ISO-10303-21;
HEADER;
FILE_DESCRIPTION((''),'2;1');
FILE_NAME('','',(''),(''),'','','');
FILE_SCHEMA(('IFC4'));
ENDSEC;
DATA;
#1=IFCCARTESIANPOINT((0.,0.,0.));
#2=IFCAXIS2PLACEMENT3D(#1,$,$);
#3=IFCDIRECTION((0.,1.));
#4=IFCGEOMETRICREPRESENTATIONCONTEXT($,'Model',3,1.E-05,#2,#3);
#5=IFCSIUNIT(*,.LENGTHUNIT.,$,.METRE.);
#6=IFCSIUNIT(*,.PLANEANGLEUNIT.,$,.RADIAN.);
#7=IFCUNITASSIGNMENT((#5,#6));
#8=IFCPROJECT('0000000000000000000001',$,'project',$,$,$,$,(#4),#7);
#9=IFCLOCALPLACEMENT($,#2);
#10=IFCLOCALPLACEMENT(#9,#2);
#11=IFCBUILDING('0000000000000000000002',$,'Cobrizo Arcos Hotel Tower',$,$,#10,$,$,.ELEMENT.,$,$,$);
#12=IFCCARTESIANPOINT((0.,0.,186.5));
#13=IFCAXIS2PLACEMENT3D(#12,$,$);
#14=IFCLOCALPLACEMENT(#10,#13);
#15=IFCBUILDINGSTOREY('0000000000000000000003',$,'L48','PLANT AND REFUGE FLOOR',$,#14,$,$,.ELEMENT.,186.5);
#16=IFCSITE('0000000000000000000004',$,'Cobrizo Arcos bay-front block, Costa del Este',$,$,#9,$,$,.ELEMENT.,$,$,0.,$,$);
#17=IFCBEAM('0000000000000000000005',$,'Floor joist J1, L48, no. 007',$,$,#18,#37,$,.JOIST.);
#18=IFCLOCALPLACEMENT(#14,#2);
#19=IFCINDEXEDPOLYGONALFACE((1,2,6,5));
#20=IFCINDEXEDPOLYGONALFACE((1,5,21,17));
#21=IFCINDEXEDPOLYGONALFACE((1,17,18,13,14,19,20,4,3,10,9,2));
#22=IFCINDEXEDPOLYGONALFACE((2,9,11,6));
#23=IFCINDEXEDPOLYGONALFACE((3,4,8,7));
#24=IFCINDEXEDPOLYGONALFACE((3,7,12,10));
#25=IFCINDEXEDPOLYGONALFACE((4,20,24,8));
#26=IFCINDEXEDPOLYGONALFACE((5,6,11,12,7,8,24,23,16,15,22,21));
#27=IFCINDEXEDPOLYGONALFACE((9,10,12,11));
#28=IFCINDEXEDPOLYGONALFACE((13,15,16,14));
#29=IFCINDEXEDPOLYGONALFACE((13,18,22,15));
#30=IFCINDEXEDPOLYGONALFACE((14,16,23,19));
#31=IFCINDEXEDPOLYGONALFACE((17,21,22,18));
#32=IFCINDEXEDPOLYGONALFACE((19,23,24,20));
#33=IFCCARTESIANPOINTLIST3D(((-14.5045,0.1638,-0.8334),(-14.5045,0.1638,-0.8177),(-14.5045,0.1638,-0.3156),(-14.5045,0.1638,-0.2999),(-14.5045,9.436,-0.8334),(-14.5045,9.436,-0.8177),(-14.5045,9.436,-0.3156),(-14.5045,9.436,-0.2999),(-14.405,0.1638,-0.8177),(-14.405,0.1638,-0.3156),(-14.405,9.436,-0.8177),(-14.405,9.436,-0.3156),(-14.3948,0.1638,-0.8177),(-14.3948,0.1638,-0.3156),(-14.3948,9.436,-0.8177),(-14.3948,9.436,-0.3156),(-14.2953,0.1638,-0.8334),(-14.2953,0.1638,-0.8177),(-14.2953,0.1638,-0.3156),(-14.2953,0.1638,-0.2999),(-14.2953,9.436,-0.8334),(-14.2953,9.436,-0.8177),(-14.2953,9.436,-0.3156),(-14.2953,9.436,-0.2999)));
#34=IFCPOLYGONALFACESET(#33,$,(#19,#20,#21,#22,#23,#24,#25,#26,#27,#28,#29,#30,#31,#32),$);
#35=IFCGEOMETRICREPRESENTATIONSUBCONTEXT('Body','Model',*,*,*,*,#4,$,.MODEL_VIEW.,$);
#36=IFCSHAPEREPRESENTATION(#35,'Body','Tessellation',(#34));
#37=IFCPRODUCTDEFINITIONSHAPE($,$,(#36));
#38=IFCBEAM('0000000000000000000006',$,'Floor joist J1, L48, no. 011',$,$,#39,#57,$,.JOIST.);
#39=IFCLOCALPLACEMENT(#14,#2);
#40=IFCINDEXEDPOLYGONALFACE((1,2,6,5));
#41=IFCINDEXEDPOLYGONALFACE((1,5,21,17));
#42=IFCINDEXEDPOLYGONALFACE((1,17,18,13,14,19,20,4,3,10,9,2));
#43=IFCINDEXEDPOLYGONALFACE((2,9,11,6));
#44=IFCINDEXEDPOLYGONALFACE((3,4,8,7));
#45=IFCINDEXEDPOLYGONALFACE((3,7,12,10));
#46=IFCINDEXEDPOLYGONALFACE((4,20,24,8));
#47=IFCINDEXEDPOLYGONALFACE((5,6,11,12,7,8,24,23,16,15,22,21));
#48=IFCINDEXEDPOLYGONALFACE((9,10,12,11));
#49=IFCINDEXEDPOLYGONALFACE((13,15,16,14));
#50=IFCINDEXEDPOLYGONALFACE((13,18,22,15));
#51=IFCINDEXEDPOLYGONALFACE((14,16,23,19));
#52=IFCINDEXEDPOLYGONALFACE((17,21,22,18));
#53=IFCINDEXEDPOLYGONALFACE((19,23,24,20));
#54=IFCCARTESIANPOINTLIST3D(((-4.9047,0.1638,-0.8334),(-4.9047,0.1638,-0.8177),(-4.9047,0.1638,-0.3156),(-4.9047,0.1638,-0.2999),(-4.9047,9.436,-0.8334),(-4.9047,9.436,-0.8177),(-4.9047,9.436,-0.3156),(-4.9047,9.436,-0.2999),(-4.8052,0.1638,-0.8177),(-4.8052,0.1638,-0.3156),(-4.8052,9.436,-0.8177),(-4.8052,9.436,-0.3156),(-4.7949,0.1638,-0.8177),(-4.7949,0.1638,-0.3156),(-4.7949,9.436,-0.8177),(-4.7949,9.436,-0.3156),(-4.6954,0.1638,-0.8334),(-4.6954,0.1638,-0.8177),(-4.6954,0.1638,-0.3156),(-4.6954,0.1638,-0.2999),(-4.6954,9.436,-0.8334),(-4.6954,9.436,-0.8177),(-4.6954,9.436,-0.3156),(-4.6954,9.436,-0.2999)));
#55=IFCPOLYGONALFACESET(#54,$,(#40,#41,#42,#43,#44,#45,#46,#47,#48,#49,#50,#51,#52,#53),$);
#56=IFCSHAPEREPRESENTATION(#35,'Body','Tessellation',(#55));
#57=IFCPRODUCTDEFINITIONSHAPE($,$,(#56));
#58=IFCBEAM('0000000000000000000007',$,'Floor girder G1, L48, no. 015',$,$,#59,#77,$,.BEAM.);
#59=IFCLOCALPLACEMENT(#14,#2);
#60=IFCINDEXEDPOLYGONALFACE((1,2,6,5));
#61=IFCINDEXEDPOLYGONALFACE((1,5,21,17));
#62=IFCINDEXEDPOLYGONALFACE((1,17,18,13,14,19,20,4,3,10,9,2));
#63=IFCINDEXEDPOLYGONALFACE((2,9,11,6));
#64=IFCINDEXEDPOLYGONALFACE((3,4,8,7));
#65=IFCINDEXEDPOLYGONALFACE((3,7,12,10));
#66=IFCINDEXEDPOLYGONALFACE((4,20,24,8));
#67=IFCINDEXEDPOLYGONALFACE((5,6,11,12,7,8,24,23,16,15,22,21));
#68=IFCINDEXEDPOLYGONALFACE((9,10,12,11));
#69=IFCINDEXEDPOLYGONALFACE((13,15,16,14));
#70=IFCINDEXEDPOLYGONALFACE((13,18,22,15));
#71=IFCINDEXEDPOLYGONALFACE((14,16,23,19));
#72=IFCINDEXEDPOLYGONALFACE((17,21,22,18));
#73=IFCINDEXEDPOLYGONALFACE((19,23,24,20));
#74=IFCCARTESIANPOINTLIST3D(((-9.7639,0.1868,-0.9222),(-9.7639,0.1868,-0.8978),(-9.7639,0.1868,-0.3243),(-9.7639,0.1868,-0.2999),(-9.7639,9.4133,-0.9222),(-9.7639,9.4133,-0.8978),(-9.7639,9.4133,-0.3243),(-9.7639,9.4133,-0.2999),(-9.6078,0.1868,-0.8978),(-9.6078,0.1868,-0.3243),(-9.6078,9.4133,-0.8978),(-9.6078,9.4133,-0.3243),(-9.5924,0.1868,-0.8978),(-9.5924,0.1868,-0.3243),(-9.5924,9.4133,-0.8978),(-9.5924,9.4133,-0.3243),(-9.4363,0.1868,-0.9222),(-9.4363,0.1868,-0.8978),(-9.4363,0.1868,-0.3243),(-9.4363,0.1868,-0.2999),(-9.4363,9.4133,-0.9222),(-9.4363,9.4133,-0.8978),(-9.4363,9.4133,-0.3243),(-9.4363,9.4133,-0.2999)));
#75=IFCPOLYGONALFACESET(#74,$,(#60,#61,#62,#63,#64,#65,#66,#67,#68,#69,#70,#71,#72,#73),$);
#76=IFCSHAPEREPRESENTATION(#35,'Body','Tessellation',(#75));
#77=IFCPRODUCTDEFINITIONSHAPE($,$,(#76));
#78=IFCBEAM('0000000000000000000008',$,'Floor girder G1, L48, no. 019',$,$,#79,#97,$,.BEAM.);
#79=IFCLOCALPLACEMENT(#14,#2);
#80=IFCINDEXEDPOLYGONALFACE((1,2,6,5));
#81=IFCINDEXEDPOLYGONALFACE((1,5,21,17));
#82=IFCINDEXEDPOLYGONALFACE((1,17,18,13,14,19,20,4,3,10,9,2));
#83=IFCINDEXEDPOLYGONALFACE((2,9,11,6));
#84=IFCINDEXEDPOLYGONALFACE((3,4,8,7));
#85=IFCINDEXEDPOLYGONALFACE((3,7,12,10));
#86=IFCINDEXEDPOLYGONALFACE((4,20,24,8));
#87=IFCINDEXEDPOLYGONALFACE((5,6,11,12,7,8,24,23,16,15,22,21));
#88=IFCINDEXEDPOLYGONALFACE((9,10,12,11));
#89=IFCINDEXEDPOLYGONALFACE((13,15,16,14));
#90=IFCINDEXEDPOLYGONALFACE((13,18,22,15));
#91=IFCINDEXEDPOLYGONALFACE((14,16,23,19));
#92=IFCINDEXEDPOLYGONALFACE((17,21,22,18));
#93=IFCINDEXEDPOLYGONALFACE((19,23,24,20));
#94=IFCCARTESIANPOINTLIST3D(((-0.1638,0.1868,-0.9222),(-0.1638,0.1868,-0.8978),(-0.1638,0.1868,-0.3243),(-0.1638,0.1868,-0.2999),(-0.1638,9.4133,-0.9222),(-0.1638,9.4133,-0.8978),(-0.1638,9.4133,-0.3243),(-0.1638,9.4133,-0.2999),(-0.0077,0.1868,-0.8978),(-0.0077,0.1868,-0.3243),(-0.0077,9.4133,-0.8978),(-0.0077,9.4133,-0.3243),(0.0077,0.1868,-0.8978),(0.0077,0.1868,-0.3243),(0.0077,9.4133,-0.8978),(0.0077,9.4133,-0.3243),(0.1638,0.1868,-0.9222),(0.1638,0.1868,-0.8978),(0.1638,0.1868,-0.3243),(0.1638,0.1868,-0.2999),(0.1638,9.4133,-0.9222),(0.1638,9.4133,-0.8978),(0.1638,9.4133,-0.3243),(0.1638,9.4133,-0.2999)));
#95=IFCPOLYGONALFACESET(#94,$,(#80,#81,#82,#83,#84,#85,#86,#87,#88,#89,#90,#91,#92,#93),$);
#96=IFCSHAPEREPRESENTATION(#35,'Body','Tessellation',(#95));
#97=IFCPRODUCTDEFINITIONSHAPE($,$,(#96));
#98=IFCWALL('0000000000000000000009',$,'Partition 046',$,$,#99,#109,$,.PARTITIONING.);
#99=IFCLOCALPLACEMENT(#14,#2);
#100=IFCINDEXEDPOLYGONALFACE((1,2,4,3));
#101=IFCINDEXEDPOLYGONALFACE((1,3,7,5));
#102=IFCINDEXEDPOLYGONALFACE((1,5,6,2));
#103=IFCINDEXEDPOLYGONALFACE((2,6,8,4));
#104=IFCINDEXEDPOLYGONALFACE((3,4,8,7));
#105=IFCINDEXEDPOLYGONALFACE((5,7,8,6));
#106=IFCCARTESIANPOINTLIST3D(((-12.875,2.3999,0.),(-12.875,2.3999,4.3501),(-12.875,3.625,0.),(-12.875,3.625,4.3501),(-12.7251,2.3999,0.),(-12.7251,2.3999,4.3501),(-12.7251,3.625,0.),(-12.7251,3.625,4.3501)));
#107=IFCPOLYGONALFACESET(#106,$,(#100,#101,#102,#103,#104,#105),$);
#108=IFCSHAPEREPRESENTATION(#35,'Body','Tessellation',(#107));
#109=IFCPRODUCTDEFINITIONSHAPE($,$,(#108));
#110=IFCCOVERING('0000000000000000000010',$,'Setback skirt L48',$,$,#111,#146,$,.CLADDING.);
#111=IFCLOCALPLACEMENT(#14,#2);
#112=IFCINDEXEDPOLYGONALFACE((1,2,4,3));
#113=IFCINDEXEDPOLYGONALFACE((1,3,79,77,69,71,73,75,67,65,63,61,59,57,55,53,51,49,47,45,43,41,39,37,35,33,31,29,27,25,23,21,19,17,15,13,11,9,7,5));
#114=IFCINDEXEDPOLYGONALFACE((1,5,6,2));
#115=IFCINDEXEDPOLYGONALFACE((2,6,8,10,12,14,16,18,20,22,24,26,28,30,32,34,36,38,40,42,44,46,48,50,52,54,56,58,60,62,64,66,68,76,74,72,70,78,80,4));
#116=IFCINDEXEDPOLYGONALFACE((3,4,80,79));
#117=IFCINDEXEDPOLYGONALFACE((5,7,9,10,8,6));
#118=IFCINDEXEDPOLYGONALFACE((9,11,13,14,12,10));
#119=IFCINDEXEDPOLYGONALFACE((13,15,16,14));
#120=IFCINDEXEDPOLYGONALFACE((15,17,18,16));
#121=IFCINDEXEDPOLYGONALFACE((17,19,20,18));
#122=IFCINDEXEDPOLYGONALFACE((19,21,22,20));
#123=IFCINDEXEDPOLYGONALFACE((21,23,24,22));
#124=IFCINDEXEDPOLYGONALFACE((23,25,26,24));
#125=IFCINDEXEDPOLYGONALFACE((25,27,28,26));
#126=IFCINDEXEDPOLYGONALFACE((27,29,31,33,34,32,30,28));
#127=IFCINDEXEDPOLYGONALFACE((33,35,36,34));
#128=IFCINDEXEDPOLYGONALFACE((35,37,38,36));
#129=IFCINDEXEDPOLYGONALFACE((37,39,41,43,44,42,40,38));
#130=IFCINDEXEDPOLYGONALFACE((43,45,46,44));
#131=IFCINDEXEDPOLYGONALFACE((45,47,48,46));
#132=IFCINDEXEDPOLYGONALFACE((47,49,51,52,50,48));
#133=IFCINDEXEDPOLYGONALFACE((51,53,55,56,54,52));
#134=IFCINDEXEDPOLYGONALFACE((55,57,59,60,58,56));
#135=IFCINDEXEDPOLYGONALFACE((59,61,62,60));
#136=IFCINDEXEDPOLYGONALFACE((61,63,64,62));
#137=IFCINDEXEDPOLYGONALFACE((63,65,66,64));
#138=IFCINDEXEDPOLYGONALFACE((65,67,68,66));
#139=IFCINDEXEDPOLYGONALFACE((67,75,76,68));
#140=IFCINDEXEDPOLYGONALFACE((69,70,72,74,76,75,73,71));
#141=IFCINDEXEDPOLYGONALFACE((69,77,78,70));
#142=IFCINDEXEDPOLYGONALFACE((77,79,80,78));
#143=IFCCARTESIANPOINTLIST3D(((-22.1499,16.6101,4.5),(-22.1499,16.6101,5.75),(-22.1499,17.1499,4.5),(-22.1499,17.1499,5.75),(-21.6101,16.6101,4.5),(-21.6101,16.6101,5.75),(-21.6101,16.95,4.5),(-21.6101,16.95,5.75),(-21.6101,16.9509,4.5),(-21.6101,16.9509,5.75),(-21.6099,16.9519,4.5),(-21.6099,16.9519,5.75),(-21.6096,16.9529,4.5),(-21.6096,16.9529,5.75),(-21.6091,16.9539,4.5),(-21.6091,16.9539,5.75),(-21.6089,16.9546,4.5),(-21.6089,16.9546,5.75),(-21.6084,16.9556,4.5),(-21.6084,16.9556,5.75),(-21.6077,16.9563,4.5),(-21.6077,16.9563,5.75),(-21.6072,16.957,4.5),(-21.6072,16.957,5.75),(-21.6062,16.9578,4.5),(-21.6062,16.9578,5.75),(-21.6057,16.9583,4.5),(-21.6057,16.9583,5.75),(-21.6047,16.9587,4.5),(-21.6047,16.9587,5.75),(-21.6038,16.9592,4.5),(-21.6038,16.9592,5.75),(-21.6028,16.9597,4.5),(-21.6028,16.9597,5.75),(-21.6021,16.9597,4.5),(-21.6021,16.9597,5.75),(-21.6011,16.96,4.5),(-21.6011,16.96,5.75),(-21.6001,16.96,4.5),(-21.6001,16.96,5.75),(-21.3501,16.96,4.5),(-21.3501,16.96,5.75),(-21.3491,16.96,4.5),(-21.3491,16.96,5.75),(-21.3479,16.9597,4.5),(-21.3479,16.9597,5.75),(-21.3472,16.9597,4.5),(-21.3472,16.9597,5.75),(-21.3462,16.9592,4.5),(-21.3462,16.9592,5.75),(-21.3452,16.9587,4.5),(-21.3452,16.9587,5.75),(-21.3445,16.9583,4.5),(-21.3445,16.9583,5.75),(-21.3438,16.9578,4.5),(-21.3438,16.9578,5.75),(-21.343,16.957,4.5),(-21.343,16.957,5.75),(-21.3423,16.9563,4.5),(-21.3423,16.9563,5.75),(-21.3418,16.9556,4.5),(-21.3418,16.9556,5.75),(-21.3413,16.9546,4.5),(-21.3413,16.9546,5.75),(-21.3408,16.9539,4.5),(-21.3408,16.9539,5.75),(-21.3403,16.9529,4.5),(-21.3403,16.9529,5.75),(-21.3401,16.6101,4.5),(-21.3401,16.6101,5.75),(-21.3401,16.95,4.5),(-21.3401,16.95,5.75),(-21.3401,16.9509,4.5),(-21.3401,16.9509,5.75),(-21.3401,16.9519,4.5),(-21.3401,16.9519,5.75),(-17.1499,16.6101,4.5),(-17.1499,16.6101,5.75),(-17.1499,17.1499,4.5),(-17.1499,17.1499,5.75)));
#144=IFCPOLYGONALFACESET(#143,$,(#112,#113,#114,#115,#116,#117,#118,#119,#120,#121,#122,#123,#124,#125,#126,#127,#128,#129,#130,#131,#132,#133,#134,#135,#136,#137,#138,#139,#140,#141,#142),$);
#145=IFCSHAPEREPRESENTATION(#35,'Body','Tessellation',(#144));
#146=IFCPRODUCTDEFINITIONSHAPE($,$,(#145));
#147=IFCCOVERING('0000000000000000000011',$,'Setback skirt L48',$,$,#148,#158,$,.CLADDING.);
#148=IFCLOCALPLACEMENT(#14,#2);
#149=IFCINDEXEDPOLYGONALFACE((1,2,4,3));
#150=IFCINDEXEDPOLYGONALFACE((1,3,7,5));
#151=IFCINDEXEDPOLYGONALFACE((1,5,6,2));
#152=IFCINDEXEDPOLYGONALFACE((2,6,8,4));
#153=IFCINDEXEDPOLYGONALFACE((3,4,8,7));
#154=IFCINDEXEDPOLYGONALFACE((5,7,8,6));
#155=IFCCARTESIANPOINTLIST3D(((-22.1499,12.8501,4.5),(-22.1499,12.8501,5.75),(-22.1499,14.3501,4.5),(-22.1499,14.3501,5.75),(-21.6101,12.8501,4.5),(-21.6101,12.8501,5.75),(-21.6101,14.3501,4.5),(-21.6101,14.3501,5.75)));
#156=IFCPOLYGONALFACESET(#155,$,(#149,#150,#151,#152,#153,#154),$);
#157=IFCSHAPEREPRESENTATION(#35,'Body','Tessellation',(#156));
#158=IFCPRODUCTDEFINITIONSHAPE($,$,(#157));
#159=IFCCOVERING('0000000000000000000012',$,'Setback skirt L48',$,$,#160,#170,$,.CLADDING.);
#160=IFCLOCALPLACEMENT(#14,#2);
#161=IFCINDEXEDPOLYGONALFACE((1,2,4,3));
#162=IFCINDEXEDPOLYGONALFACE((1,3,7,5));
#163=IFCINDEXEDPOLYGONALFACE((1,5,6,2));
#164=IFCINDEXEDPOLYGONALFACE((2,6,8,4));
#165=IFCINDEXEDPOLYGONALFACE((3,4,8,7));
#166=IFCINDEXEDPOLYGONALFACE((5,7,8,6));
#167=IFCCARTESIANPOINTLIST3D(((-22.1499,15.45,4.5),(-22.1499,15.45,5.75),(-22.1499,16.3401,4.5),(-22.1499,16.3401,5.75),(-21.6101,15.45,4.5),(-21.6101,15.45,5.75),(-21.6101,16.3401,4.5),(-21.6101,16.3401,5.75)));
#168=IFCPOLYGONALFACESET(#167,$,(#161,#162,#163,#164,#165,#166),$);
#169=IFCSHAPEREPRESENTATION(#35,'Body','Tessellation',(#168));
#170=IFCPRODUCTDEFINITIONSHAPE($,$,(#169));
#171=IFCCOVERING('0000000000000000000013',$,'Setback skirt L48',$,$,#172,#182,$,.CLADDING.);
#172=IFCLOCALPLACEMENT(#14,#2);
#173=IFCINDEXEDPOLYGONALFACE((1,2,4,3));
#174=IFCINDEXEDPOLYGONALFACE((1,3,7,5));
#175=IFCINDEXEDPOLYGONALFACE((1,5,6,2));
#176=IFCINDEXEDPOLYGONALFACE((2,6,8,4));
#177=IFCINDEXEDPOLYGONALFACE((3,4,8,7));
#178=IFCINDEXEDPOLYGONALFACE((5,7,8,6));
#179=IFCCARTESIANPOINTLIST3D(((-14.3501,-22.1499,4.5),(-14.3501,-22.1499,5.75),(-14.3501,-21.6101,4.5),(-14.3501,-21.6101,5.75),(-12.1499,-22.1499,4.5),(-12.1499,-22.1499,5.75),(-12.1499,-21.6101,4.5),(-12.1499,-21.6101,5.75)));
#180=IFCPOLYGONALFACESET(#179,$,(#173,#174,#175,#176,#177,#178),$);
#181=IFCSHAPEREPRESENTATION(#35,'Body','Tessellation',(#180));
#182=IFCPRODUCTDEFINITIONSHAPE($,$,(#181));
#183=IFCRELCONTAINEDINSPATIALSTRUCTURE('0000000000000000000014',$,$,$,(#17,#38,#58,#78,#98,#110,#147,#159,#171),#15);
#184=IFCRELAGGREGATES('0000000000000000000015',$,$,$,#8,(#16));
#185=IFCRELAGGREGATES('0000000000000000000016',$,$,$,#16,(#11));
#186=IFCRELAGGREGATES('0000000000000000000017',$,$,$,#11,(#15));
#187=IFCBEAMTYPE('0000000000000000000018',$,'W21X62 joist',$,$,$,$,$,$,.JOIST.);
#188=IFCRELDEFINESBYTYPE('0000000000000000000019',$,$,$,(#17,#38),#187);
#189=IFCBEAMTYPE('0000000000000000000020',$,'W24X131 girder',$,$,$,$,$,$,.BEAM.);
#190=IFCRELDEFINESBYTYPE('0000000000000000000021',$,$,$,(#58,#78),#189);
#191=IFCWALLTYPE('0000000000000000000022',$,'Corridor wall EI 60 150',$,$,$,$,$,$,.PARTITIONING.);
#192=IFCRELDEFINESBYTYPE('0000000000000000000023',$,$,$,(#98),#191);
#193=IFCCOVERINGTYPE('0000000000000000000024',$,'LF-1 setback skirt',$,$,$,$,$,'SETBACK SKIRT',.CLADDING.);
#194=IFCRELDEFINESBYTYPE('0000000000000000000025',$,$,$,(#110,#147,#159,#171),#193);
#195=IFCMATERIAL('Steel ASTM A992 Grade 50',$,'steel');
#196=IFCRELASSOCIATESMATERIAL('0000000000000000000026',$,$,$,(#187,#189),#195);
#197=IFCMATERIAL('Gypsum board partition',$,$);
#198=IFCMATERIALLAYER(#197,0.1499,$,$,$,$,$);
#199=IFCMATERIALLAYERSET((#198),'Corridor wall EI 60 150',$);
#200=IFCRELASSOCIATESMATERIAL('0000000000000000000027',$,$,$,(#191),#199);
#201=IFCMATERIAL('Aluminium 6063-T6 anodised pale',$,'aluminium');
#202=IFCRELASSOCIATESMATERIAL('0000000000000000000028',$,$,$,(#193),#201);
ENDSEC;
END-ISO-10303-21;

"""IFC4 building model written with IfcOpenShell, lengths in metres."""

from ifc_helpers import new_model, si_unit, direction, frame, frame_2d, origin, origin_2d, place, context, subcontext, project, spatial, polyline, rectangle, i_section, outline, extrude, material, layer, layer_set, material_profile, profile_set, type_object, element, save


model = new_model("IFC4")

# Units and contexts
model_context = context("Model", 3, precision=1e-05, world=origin(), true_north=direction((0.0, 1.0)))
body_context = subcontext(model_context, "Body", "Model", "MODEL_VIEW")
ifc_project = project(units=[si_unit("LENGTHUNIT", "METRE"), si_unit("PLANEANGLEUNIT", "RADIAN")], contexts=[model_context])

# Site, building, storey
site_placement = place(None, origin())
site = spatial("IfcSite", under=ifc_project, at=site_placement, Name="Cobrizo Arcos bay-front block, Costa del Este", CompositionType="ELEMENT", RefElevation=0.0)
building_placement = place(site_placement, origin())
building = spatial("IfcBuilding", under=site, at=building_placement, Name="Cobrizo Arcos Hotel Tower", CompositionType="ELEMENT")
storey_placement = place(building_placement, frame((0.0, 0.0, 186.5)))
storey = spatial("IfcBuildingStorey", under=building, at=storey_placement, Name="L48", Description="PLANT AND REFUGE FLOOR", CompositionType="ELEMENT", Elevation=186.5)

# Beams
ifc_material_1 = material(Name="Steel ASTM A992 Grade 50", Category="steel")
ifc_material_profile_1 = material_profile(ifc_material_1, i_section(OverallWidth=0.2092, OverallDepth=0.5334, WebThickness=0.0103, FlangeThickness=0.0156, at=origin_2d()), Name="W21X62")
ifc_profile_set_1 = profile_set([ifc_material_profile_1], Name="Steel ASTM A992 Grade 50")
beam_type_1 = type_object("IfcBeamType", Name="W21X62 joist", PredefinedType="JOIST", material=ifc_profile_set_1)
for number, where, z_axis, x_axis, name in (
    (1, (-14.3999, 0.1638, -0.5667), (0.0, 1.0, 0.0), (-1.0, 0.0, 0.0), "Floor joist J1, L48, no. 007"),
    (2, (-4.8, 0.1638, -0.5667), (0.0, 1.0, 0.0), (-1.0, 0.0, 0.0), "Floor joist J1, L48, no. 011"),
):
    element("IfcBeam", number, at=place(storey_placement, frame(where, z_axis=z_axis, x_axis=x_axis)), inside=storey, type_object=beam_type_1, Name=name, PredefinedType="JOIST", context=body_context, shape_type="SweptSolid", body=[
        extrude(i_section(OverallWidth=0.2092, OverallDepth=0.5334, WebThickness=0.0103, FlangeThickness=0.0156, at=origin_2d()), origin(), (0.0, 0.0, 1.0), 9.2722),
    ])
ifc_material_profile_2 = material_profile(ifc_material_1, i_section(OverallWidth=0.3276, OverallDepth=0.6223, WebThickness=0.0154, FlangeThickness=0.0244, at=origin_2d()), Name="W24X131")
ifc_profile_set_2 = profile_set([ifc_material_profile_2], Name="Steel ASTM A992 Grade 50")
beam_type_2 = type_object("IfcBeamType", Name="W24X131 girder", PredefinedType="BEAM", material=ifc_profile_set_2)
for number, where, z_axis, x_axis, name in (
    (3, (-9.6001, 0.1868, -0.6111), (0.0, 1.0, 0.0), (-1.0, 0.0, 0.0), "Floor girder G1, L48, no. 015"),
    (4, (0.0, 0.1868, -0.6111), (0.0, 1.0, 0.0), (-1.0, 0.0, 0.0), "Floor girder G1, L48, no. 019"),
):
    element("IfcBeam", number, at=place(storey_placement, frame(where, z_axis=z_axis, x_axis=x_axis)), inside=storey, type_object=beam_type_2, Name=name, PredefinedType="BEAM", context=body_context, shape_type="SweptSolid", body=[
        extrude(i_section(OverallWidth=0.3276, OverallDepth=0.6223, WebThickness=0.0154, FlangeThickness=0.0244, at=origin_2d()), origin(), (0.0, 0.0, 1.0), 9.2266),
    ])

# Wall
ifc_material_2 = material(Name="Gypsum board partition")
ifc_layer = layer(ifc_material_2, 0.1499)
ifc_layer_set = layer_set([ifc_layer], Name="Corridor wall EI 60 150")
wall_type = type_object("IfcWallType", Name="Corridor wall EI 60 150", PredefinedType="PARTITIONING", material=ifc_layer_set)
wall_placement = place(storey_placement, frame((-12.8, 2.3999, 0.0), z_axis=(0.0, 0.0, 1.0), x_axis=(0.0, 1.0, 0.0)))
element("IfcWall", 5, at=wall_placement, inside=storey, type_object=wall_type, Name="Partition 046", PredefinedType="PARTITIONING", context=body_context, shape_type="SweptSolid", body=[
    extrude(rectangle(XDim=1.2251, YDim=0.1499, at=frame_2d((0.6125, 0.0))), origin(), (0.0, 0.0, 1.0), 4.3501),
])

# Coverings
ifc_material_3 = material(Name="Aluminium 6063-T6 anodised pale", Category="aluminium")
covering_type = type_object("IfcCoveringType", Name="LF-1 setback skirt", ElementType="SETBACK SKIRT", PredefinedType="CLADDING", material=ifc_material_3)
covering_1_placement = place(storey_placement, frame((0.0, 0.0, 4.5)))
element("IfcCovering", 6, at=covering_1_placement, inside=storey, type_object=covering_type, Name="Setback skirt L48", PredefinedType="CLADDING", context=body_context, shape_type="SweptSolid", body=[
    extrude(outline(polyline([(-21.3401, 16.6101), (-17.1499, 16.6101), (-17.1499, 17.1499), (-22.1499, 17.1499), (-22.1499, 16.6101), (-21.6101, 16.6101), (-21.6101, 16.95), (-21.6101, 16.9509), (-21.6099, 16.9519), (-21.6096, 16.9529), (-21.6091, 16.9539), (-21.6089, 16.9546), (-21.6084, 16.9556), (-21.6077, 16.9563), (-21.6072, 16.957), (-21.6062, 16.9578), (-21.6057, 16.9583), (-21.6047, 16.9587), (-21.6038, 16.9592), (-21.6028, 16.9597), (-21.6021, 16.9597), (-21.6011, 16.96), (-21.6001, 16.96), (-21.3501, 16.96), (-21.3491, 16.96), (-21.3479, 16.9597), (-21.3472, 16.9597), (-21.3462, 16.9592), (-21.3452, 16.9587), (-21.3445, 16.9583), (-21.3438, 16.9578), (-21.343, 16.957), (-21.3423, 16.9563), (-21.3418, 16.9556), (-21.3413, 16.9546), (-21.3408, 16.9539), (-21.3403, 16.9529), (-21.3401, 16.9519), (-21.3401, 16.9509), (-21.3401, 16.95), (-21.3401, 16.6101)])), origin(), (0.0, 0.0, 1.0), 1.25),
])
covering_2_placement = place(storey_placement, frame((0.0, 0.0, 4.5)))
element("IfcCovering", 7, at=covering_2_placement, inside=storey, type_object=covering_type, Name="Setback skirt L48", PredefinedType="CLADDING", context=body_context, shape_type="SweptSolid", body=[
    extrude(outline(polyline([(-22.1499, 14.3501), (-22.1499, 12.8501), (-21.6101, 12.8501), (-21.6101, 14.3501), (-22.1499, 14.3501)])), origin(), (0.0, 0.0, 1.0), 1.25),
])
covering_3_placement = place(storey_placement, frame((0.0, 0.0, 4.5)))
element("IfcCovering", 8, at=covering_3_placement, inside=storey, type_object=covering_type, Name="Setback skirt L48", PredefinedType="CLADDING", context=body_context, shape_type="SweptSolid", body=[
    extrude(outline(polyline([(-21.6101, 15.45), (-21.6101, 16.3401), (-22.1499, 16.3401), (-22.1499, 15.45), (-21.6101, 15.45)])), origin(), (0.0, 0.0, 1.0), 1.25),
])
covering_4_placement = place(storey_placement, frame((0.0, 0.0, 4.5)))
element("IfcCovering", 9, at=covering_4_placement, inside=storey, type_object=covering_type, Name="Setback skirt L48", PredefinedType="CLADDING", context=body_context, shape_type="SweptSolid", body=[
    extrude(outline(polyline([(-14.3501, -21.6101), (-14.3501, -22.1499), (-12.1499, -22.1499), (-12.1499, -21.6101), (-14.3501, -21.6101)])), origin(), (0.0, 0.0, 1.0), 1.25),
])

save(model, "model.ifc")
